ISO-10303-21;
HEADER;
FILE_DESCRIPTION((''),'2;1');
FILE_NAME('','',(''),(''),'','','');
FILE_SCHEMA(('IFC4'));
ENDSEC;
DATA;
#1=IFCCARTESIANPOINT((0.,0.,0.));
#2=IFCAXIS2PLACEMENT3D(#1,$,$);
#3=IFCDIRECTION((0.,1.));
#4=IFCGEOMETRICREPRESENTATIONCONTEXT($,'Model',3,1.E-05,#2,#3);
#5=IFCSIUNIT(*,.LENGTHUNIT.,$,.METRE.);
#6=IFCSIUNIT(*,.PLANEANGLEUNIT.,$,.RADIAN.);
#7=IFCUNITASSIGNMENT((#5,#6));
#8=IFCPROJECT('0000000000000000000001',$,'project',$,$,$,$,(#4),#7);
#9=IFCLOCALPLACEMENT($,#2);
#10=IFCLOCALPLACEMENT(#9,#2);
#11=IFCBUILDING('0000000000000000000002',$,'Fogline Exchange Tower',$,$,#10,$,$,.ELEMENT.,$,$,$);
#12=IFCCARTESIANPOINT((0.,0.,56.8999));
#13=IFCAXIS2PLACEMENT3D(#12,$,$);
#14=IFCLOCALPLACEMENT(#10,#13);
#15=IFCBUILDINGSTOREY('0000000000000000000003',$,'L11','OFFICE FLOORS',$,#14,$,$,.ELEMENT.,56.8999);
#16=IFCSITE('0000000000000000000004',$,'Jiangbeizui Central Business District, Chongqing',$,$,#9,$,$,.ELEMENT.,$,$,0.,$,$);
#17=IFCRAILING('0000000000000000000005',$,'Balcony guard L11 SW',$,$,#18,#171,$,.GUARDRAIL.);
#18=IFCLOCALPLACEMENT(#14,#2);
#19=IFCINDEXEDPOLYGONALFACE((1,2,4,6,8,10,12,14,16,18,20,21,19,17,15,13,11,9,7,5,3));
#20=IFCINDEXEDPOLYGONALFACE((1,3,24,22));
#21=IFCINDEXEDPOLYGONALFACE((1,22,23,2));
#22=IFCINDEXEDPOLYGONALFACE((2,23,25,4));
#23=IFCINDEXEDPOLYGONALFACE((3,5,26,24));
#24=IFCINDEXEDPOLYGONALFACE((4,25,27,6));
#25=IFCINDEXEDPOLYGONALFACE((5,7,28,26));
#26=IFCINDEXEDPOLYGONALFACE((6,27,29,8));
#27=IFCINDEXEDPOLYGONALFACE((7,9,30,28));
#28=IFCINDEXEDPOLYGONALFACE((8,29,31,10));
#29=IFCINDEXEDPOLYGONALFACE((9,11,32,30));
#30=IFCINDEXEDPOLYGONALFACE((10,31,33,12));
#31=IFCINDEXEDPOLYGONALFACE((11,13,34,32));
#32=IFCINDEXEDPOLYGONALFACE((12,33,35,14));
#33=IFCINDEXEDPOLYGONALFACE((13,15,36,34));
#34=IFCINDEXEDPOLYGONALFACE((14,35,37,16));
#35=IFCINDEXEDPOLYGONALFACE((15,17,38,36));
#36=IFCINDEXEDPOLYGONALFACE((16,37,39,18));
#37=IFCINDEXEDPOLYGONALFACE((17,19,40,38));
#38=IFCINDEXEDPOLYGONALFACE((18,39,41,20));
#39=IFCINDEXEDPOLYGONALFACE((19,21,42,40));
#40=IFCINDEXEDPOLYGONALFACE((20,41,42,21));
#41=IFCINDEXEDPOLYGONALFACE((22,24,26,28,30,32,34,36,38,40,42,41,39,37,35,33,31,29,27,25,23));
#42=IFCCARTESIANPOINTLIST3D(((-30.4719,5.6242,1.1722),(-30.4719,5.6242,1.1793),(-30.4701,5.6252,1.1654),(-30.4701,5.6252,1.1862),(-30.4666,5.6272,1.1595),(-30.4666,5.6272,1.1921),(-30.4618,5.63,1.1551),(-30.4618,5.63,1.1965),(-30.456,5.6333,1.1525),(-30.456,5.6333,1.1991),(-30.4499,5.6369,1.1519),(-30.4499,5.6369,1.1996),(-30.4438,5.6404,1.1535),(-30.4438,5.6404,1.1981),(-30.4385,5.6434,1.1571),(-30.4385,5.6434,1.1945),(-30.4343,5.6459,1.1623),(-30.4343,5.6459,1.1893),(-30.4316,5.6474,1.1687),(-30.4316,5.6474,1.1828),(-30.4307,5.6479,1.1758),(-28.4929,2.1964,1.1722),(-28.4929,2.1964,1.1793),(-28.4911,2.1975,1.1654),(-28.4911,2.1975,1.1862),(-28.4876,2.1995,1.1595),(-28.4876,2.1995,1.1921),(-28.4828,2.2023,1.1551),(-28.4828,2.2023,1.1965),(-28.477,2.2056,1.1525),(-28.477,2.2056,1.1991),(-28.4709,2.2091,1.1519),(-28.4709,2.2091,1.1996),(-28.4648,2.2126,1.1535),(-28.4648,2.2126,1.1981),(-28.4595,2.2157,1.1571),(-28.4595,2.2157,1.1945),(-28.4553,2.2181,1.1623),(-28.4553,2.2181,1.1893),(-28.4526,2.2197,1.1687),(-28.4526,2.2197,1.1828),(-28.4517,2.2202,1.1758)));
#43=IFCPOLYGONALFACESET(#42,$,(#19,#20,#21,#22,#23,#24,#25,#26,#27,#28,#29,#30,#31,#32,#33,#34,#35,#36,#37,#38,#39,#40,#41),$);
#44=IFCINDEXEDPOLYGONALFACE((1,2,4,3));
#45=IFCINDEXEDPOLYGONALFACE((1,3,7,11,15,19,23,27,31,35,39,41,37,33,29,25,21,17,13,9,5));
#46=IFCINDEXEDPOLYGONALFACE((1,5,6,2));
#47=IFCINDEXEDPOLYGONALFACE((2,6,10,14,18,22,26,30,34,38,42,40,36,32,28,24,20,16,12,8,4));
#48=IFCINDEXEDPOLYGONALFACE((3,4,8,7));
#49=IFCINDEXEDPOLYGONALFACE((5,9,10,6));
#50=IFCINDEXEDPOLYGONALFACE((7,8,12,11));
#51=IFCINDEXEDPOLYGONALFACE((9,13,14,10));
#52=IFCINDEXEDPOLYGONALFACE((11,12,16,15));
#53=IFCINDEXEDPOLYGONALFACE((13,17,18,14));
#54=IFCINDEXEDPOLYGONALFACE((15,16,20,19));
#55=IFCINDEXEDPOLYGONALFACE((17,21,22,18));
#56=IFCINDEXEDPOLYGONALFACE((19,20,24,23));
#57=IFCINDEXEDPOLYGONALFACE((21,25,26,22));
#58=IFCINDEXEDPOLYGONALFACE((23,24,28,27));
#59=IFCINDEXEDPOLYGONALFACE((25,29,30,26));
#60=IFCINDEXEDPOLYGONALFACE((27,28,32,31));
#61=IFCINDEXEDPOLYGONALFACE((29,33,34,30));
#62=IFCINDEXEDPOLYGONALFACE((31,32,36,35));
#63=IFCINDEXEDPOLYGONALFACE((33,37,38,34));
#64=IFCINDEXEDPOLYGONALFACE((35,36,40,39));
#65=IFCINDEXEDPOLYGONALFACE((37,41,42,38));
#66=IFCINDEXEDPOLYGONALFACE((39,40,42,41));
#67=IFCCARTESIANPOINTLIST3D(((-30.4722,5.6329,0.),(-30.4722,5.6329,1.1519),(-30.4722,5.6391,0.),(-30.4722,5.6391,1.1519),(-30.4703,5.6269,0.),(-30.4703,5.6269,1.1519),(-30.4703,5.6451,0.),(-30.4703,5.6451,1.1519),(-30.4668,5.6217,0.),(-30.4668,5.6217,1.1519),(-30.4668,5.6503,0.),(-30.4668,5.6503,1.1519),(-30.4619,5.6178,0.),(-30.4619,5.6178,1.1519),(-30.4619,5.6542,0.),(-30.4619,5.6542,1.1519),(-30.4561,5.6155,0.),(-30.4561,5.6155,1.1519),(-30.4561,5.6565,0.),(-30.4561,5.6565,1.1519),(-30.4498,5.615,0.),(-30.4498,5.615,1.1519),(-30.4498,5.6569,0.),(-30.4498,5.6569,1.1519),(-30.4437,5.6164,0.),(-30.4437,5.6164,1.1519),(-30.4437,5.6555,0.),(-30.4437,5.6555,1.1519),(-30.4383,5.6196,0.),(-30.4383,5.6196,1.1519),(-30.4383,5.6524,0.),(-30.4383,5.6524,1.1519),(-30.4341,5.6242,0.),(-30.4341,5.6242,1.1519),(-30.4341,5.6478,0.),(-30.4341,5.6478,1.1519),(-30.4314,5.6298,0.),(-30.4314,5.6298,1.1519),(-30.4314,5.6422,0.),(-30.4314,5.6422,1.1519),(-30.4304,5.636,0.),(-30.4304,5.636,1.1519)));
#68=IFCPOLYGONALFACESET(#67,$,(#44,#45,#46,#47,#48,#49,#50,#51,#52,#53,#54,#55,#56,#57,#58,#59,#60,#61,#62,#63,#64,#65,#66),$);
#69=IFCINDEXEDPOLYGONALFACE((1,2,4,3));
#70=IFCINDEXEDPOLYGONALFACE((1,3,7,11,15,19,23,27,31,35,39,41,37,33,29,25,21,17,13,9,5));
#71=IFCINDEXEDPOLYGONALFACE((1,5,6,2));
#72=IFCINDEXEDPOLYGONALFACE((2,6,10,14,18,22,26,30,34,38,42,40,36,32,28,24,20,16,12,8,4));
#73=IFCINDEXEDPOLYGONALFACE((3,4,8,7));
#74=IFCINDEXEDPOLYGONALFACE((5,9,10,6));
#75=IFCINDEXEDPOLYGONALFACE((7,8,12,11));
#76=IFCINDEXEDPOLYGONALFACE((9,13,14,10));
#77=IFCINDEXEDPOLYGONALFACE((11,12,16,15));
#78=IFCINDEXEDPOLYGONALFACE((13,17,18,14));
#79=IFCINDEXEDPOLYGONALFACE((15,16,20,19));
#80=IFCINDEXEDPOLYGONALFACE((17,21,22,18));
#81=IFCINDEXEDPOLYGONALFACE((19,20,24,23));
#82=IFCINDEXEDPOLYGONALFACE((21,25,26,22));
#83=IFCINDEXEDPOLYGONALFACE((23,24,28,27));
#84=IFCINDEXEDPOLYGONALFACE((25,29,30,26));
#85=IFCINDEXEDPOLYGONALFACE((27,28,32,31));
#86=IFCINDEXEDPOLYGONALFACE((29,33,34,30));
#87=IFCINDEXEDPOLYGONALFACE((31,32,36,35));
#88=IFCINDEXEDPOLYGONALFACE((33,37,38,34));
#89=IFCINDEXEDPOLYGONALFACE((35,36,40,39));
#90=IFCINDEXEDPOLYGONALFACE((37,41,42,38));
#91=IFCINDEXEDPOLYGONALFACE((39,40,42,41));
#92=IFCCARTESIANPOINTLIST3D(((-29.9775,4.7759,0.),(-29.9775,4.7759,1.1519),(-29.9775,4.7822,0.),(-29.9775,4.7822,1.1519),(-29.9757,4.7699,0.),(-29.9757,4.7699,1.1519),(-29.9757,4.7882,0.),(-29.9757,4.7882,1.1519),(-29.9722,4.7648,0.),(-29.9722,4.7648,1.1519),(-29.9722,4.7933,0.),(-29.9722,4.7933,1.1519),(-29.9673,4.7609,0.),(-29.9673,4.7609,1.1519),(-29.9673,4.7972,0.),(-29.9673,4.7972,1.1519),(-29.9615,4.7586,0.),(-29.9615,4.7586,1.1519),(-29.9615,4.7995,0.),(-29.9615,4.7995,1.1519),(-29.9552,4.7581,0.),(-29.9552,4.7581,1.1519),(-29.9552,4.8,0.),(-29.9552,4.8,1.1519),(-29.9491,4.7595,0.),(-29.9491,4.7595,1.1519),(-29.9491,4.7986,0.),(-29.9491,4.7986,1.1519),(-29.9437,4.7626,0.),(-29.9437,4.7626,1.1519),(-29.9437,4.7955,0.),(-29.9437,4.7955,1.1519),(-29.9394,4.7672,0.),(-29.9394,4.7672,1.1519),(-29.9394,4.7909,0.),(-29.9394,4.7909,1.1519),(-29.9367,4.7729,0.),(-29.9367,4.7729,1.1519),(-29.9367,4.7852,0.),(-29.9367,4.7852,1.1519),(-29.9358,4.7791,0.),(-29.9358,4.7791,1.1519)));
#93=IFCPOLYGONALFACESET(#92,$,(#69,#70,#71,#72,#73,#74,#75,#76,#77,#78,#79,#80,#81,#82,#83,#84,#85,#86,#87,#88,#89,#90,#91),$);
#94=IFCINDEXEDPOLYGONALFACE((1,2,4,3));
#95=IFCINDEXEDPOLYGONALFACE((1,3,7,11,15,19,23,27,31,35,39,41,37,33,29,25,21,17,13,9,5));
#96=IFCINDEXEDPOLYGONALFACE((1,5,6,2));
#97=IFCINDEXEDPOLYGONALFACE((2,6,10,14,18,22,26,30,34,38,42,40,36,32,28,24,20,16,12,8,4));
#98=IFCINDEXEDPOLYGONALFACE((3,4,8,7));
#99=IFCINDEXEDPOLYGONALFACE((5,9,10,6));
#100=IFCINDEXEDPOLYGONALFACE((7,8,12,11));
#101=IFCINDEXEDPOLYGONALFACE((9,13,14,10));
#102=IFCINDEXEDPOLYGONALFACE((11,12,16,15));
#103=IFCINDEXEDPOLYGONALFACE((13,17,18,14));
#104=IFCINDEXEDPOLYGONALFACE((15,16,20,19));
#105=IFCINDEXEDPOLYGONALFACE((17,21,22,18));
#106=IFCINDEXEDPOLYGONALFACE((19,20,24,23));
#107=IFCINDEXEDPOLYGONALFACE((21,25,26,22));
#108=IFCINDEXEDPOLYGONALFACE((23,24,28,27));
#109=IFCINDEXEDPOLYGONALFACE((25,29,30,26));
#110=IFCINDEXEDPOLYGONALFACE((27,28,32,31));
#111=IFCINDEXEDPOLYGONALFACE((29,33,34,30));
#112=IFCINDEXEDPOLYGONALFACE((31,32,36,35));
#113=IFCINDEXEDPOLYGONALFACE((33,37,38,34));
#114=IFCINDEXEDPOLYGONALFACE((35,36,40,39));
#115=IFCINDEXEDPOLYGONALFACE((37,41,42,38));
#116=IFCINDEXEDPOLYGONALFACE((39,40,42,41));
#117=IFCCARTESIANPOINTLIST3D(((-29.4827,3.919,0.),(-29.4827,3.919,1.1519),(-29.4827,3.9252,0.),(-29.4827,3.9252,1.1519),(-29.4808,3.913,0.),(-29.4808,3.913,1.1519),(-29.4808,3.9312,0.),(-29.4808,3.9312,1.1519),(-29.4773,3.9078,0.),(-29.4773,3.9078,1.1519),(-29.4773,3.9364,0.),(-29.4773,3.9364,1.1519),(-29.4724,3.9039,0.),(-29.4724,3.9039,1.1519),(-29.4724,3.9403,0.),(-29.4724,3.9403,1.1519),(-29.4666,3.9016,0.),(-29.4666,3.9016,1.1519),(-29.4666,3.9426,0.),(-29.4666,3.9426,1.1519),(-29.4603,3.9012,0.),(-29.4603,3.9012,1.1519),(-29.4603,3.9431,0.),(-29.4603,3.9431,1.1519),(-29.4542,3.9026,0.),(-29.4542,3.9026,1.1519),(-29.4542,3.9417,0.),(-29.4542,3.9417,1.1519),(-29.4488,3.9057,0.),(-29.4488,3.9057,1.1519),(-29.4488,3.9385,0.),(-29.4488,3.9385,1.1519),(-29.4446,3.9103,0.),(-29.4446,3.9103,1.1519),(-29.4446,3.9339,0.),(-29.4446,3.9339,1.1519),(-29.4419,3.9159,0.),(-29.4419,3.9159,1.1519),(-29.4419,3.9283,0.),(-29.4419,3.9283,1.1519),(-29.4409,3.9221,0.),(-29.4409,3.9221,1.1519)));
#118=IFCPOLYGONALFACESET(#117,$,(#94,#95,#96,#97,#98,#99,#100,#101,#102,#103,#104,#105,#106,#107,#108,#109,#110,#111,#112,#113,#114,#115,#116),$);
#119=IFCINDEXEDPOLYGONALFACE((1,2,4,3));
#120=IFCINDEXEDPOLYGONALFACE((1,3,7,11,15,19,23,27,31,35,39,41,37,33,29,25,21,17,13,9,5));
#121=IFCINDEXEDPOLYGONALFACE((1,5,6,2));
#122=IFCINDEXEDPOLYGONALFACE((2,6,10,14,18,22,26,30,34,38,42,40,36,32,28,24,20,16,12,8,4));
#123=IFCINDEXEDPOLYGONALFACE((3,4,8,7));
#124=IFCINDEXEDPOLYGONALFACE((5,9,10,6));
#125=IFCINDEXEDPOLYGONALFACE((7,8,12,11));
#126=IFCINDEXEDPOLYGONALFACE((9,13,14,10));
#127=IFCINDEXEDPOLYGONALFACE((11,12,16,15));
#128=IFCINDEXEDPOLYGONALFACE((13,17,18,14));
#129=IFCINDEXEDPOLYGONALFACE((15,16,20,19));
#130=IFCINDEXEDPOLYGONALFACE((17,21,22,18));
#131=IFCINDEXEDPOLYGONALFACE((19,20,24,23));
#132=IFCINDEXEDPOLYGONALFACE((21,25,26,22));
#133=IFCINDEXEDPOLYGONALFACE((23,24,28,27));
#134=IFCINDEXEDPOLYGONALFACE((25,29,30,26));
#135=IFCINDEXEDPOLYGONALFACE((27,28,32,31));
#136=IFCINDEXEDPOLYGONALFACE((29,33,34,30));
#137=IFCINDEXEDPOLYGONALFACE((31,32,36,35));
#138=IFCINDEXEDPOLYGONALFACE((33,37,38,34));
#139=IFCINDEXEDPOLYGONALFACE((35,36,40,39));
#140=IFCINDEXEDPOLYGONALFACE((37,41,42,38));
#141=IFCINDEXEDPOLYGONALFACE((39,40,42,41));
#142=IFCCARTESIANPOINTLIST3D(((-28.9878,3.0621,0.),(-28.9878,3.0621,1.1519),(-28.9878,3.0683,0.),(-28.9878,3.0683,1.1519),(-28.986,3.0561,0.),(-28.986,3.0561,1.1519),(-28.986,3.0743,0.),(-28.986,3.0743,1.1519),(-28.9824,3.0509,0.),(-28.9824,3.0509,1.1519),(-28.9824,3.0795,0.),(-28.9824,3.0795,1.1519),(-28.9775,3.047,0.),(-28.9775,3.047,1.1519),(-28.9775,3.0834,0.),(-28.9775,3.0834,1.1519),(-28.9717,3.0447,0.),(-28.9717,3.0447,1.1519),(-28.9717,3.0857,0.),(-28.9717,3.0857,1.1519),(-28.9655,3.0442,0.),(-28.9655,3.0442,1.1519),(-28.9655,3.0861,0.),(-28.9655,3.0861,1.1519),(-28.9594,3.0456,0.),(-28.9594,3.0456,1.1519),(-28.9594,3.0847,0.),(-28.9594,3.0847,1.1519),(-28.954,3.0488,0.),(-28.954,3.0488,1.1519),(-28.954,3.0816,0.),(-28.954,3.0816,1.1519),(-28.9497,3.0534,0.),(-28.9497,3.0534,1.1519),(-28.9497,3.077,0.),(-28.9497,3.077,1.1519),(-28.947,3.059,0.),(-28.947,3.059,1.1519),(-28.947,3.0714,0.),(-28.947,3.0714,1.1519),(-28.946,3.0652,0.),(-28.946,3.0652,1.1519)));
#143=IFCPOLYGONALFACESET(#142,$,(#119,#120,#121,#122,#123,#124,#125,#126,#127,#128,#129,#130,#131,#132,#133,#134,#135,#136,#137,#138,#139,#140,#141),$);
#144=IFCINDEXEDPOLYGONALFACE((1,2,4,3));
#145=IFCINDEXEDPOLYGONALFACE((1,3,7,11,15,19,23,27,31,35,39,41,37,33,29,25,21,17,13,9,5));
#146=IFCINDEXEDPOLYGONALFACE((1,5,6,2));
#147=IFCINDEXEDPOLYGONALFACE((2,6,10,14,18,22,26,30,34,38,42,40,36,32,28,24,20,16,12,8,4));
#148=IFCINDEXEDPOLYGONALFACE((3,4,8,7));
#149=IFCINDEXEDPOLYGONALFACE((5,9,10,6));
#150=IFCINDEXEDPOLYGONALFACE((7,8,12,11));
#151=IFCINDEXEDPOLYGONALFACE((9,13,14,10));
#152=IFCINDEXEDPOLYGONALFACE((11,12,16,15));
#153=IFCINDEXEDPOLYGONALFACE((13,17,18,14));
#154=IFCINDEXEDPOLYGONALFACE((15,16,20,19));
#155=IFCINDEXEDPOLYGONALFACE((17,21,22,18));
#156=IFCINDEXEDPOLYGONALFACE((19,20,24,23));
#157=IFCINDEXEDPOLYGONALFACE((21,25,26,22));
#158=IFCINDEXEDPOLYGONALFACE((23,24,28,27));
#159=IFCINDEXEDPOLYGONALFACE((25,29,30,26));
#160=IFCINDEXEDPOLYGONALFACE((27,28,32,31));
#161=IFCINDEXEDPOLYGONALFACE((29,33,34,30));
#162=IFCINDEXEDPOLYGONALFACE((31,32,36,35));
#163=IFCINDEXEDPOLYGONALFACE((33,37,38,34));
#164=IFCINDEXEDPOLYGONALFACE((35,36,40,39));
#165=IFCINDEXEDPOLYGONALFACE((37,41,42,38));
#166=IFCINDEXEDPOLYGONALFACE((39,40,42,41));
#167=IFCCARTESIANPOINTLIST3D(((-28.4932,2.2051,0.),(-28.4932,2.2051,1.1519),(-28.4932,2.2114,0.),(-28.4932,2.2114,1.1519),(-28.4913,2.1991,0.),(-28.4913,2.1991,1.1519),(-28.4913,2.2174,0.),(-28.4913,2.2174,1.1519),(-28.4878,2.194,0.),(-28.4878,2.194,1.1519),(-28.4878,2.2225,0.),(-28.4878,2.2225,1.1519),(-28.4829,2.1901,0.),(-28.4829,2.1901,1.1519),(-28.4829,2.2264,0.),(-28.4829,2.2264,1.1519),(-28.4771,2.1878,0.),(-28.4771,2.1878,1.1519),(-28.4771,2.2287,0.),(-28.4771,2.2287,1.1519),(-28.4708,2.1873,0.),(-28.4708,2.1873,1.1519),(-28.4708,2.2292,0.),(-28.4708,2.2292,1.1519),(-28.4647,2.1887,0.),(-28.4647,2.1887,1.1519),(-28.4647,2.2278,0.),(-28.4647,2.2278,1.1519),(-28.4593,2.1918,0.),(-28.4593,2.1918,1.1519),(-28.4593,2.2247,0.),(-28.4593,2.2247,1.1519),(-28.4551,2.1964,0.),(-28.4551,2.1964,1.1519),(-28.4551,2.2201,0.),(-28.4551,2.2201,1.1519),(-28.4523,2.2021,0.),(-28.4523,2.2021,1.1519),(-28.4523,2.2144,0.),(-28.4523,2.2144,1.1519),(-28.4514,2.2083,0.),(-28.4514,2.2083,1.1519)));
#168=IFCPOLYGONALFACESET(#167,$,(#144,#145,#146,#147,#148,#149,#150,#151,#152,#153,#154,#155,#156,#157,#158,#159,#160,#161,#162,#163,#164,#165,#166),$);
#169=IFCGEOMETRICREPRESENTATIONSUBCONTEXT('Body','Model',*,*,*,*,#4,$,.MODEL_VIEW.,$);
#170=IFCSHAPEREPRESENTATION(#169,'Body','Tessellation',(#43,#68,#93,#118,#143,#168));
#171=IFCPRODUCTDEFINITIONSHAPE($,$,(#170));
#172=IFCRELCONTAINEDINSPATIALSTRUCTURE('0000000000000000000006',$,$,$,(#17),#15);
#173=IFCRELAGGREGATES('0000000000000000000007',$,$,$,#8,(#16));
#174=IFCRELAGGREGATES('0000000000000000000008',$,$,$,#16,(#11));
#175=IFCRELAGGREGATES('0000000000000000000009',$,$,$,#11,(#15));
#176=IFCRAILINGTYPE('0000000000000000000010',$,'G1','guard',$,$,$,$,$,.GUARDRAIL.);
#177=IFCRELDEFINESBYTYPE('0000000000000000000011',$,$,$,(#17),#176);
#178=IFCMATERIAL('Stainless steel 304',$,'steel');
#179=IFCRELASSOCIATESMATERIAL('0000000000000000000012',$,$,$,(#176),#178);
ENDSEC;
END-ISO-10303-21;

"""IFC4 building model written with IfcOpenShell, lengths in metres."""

from ifc_helpers import new_model, si_unit, direction, frame, origin, origin_2d, place, context, subcontext, project, spatial, circle, extrude, material, type_object, element, save


model = new_model("IFC4")

# Units and contexts
model_context = context("Model", 3, precision=1e-05, world=origin(), true_north=direction((0.0, 1.0)))
body_context = subcontext(model_context, "Body", "Model", "MODEL_VIEW")
ifc_project = project(units=[si_unit("LENGTHUNIT", "METRE"), si_unit("PLANEANGLEUNIT", "RADIAN")], contexts=[model_context])

# Site, building, storey
site_placement = place(None, origin())
site = spatial("IfcSite", under=ifc_project, at=site_placement, Name="Jiangbeizui Central Business District, Chongqing", CompositionType="ELEMENT", RefElevation=0.0)
building_placement = place(site_placement, origin())
building = spatial("IfcBuilding", under=site, at=building_placement, Name="Fogline Exchange Tower", CompositionType="ELEMENT")
storey_placement = place(building_placement, frame((0.0, 0.0, 56.8999)))
storey = spatial("IfcBuildingStorey", under=building, at=storey_placement, Name="L11", Description="OFFICE FLOORS", CompositionType="ELEMENT", Elevation=56.8999)

# Railing
ifc_material_1 = material(Name="Stainless steel 304", Category="steel")
railing_type = type_object("IfcRailingType", Name="G1", Description="guard", PredefinedType="GUARDRAIL", material=ifc_material_1)
railing_placement = place(storey_placement, frame((-30.4514, 5.636, 0.0)))
element("IfcRailing", 1, at=railing_placement, inside=storey, type_object=railing_type, Name="Balcony guard L11 SW", PredefinedType="GUARDRAIL", context=body_context, shape_type="SweptSolid", body=[
    extrude(circle(Radius=0.0239, at=origin_2d()), frame((0.0, 0.0, 1.1758), z_axis=(0.5, -0.866025, 0.0), x_axis=(0.866025, 0.5, 0.0)), (0.0, 0.0, 1.0), 3.958),
    extrude(circle(Radius=0.021, at=origin_2d()), origin(), (0.0, 0.0, 1.0), 1.1519),
    extrude(circle(Radius=0.021, at=origin_2d()), frame((0.4946, -0.8569, 0.0)), (0.0, 0.0, 1.0), 1.1519),
    extrude(circle(Radius=0.021, at=origin_2d()), frame((0.9895, -1.7139, 0.0)), (0.0, 0.0, 1.0), 1.1519),
    extrude(circle(Radius=0.021, at=origin_2d()), frame((1.4844, -2.5708, 0.0)), (0.0, 0.0, 1.0), 1.1519),
    extrude(circle(Radius=0.021, at=origin_2d()), frame((1.979, -3.4277, 0.0)), (0.0, 0.0, 1.0), 1.1519),
])

save(model, "model.ifc")
